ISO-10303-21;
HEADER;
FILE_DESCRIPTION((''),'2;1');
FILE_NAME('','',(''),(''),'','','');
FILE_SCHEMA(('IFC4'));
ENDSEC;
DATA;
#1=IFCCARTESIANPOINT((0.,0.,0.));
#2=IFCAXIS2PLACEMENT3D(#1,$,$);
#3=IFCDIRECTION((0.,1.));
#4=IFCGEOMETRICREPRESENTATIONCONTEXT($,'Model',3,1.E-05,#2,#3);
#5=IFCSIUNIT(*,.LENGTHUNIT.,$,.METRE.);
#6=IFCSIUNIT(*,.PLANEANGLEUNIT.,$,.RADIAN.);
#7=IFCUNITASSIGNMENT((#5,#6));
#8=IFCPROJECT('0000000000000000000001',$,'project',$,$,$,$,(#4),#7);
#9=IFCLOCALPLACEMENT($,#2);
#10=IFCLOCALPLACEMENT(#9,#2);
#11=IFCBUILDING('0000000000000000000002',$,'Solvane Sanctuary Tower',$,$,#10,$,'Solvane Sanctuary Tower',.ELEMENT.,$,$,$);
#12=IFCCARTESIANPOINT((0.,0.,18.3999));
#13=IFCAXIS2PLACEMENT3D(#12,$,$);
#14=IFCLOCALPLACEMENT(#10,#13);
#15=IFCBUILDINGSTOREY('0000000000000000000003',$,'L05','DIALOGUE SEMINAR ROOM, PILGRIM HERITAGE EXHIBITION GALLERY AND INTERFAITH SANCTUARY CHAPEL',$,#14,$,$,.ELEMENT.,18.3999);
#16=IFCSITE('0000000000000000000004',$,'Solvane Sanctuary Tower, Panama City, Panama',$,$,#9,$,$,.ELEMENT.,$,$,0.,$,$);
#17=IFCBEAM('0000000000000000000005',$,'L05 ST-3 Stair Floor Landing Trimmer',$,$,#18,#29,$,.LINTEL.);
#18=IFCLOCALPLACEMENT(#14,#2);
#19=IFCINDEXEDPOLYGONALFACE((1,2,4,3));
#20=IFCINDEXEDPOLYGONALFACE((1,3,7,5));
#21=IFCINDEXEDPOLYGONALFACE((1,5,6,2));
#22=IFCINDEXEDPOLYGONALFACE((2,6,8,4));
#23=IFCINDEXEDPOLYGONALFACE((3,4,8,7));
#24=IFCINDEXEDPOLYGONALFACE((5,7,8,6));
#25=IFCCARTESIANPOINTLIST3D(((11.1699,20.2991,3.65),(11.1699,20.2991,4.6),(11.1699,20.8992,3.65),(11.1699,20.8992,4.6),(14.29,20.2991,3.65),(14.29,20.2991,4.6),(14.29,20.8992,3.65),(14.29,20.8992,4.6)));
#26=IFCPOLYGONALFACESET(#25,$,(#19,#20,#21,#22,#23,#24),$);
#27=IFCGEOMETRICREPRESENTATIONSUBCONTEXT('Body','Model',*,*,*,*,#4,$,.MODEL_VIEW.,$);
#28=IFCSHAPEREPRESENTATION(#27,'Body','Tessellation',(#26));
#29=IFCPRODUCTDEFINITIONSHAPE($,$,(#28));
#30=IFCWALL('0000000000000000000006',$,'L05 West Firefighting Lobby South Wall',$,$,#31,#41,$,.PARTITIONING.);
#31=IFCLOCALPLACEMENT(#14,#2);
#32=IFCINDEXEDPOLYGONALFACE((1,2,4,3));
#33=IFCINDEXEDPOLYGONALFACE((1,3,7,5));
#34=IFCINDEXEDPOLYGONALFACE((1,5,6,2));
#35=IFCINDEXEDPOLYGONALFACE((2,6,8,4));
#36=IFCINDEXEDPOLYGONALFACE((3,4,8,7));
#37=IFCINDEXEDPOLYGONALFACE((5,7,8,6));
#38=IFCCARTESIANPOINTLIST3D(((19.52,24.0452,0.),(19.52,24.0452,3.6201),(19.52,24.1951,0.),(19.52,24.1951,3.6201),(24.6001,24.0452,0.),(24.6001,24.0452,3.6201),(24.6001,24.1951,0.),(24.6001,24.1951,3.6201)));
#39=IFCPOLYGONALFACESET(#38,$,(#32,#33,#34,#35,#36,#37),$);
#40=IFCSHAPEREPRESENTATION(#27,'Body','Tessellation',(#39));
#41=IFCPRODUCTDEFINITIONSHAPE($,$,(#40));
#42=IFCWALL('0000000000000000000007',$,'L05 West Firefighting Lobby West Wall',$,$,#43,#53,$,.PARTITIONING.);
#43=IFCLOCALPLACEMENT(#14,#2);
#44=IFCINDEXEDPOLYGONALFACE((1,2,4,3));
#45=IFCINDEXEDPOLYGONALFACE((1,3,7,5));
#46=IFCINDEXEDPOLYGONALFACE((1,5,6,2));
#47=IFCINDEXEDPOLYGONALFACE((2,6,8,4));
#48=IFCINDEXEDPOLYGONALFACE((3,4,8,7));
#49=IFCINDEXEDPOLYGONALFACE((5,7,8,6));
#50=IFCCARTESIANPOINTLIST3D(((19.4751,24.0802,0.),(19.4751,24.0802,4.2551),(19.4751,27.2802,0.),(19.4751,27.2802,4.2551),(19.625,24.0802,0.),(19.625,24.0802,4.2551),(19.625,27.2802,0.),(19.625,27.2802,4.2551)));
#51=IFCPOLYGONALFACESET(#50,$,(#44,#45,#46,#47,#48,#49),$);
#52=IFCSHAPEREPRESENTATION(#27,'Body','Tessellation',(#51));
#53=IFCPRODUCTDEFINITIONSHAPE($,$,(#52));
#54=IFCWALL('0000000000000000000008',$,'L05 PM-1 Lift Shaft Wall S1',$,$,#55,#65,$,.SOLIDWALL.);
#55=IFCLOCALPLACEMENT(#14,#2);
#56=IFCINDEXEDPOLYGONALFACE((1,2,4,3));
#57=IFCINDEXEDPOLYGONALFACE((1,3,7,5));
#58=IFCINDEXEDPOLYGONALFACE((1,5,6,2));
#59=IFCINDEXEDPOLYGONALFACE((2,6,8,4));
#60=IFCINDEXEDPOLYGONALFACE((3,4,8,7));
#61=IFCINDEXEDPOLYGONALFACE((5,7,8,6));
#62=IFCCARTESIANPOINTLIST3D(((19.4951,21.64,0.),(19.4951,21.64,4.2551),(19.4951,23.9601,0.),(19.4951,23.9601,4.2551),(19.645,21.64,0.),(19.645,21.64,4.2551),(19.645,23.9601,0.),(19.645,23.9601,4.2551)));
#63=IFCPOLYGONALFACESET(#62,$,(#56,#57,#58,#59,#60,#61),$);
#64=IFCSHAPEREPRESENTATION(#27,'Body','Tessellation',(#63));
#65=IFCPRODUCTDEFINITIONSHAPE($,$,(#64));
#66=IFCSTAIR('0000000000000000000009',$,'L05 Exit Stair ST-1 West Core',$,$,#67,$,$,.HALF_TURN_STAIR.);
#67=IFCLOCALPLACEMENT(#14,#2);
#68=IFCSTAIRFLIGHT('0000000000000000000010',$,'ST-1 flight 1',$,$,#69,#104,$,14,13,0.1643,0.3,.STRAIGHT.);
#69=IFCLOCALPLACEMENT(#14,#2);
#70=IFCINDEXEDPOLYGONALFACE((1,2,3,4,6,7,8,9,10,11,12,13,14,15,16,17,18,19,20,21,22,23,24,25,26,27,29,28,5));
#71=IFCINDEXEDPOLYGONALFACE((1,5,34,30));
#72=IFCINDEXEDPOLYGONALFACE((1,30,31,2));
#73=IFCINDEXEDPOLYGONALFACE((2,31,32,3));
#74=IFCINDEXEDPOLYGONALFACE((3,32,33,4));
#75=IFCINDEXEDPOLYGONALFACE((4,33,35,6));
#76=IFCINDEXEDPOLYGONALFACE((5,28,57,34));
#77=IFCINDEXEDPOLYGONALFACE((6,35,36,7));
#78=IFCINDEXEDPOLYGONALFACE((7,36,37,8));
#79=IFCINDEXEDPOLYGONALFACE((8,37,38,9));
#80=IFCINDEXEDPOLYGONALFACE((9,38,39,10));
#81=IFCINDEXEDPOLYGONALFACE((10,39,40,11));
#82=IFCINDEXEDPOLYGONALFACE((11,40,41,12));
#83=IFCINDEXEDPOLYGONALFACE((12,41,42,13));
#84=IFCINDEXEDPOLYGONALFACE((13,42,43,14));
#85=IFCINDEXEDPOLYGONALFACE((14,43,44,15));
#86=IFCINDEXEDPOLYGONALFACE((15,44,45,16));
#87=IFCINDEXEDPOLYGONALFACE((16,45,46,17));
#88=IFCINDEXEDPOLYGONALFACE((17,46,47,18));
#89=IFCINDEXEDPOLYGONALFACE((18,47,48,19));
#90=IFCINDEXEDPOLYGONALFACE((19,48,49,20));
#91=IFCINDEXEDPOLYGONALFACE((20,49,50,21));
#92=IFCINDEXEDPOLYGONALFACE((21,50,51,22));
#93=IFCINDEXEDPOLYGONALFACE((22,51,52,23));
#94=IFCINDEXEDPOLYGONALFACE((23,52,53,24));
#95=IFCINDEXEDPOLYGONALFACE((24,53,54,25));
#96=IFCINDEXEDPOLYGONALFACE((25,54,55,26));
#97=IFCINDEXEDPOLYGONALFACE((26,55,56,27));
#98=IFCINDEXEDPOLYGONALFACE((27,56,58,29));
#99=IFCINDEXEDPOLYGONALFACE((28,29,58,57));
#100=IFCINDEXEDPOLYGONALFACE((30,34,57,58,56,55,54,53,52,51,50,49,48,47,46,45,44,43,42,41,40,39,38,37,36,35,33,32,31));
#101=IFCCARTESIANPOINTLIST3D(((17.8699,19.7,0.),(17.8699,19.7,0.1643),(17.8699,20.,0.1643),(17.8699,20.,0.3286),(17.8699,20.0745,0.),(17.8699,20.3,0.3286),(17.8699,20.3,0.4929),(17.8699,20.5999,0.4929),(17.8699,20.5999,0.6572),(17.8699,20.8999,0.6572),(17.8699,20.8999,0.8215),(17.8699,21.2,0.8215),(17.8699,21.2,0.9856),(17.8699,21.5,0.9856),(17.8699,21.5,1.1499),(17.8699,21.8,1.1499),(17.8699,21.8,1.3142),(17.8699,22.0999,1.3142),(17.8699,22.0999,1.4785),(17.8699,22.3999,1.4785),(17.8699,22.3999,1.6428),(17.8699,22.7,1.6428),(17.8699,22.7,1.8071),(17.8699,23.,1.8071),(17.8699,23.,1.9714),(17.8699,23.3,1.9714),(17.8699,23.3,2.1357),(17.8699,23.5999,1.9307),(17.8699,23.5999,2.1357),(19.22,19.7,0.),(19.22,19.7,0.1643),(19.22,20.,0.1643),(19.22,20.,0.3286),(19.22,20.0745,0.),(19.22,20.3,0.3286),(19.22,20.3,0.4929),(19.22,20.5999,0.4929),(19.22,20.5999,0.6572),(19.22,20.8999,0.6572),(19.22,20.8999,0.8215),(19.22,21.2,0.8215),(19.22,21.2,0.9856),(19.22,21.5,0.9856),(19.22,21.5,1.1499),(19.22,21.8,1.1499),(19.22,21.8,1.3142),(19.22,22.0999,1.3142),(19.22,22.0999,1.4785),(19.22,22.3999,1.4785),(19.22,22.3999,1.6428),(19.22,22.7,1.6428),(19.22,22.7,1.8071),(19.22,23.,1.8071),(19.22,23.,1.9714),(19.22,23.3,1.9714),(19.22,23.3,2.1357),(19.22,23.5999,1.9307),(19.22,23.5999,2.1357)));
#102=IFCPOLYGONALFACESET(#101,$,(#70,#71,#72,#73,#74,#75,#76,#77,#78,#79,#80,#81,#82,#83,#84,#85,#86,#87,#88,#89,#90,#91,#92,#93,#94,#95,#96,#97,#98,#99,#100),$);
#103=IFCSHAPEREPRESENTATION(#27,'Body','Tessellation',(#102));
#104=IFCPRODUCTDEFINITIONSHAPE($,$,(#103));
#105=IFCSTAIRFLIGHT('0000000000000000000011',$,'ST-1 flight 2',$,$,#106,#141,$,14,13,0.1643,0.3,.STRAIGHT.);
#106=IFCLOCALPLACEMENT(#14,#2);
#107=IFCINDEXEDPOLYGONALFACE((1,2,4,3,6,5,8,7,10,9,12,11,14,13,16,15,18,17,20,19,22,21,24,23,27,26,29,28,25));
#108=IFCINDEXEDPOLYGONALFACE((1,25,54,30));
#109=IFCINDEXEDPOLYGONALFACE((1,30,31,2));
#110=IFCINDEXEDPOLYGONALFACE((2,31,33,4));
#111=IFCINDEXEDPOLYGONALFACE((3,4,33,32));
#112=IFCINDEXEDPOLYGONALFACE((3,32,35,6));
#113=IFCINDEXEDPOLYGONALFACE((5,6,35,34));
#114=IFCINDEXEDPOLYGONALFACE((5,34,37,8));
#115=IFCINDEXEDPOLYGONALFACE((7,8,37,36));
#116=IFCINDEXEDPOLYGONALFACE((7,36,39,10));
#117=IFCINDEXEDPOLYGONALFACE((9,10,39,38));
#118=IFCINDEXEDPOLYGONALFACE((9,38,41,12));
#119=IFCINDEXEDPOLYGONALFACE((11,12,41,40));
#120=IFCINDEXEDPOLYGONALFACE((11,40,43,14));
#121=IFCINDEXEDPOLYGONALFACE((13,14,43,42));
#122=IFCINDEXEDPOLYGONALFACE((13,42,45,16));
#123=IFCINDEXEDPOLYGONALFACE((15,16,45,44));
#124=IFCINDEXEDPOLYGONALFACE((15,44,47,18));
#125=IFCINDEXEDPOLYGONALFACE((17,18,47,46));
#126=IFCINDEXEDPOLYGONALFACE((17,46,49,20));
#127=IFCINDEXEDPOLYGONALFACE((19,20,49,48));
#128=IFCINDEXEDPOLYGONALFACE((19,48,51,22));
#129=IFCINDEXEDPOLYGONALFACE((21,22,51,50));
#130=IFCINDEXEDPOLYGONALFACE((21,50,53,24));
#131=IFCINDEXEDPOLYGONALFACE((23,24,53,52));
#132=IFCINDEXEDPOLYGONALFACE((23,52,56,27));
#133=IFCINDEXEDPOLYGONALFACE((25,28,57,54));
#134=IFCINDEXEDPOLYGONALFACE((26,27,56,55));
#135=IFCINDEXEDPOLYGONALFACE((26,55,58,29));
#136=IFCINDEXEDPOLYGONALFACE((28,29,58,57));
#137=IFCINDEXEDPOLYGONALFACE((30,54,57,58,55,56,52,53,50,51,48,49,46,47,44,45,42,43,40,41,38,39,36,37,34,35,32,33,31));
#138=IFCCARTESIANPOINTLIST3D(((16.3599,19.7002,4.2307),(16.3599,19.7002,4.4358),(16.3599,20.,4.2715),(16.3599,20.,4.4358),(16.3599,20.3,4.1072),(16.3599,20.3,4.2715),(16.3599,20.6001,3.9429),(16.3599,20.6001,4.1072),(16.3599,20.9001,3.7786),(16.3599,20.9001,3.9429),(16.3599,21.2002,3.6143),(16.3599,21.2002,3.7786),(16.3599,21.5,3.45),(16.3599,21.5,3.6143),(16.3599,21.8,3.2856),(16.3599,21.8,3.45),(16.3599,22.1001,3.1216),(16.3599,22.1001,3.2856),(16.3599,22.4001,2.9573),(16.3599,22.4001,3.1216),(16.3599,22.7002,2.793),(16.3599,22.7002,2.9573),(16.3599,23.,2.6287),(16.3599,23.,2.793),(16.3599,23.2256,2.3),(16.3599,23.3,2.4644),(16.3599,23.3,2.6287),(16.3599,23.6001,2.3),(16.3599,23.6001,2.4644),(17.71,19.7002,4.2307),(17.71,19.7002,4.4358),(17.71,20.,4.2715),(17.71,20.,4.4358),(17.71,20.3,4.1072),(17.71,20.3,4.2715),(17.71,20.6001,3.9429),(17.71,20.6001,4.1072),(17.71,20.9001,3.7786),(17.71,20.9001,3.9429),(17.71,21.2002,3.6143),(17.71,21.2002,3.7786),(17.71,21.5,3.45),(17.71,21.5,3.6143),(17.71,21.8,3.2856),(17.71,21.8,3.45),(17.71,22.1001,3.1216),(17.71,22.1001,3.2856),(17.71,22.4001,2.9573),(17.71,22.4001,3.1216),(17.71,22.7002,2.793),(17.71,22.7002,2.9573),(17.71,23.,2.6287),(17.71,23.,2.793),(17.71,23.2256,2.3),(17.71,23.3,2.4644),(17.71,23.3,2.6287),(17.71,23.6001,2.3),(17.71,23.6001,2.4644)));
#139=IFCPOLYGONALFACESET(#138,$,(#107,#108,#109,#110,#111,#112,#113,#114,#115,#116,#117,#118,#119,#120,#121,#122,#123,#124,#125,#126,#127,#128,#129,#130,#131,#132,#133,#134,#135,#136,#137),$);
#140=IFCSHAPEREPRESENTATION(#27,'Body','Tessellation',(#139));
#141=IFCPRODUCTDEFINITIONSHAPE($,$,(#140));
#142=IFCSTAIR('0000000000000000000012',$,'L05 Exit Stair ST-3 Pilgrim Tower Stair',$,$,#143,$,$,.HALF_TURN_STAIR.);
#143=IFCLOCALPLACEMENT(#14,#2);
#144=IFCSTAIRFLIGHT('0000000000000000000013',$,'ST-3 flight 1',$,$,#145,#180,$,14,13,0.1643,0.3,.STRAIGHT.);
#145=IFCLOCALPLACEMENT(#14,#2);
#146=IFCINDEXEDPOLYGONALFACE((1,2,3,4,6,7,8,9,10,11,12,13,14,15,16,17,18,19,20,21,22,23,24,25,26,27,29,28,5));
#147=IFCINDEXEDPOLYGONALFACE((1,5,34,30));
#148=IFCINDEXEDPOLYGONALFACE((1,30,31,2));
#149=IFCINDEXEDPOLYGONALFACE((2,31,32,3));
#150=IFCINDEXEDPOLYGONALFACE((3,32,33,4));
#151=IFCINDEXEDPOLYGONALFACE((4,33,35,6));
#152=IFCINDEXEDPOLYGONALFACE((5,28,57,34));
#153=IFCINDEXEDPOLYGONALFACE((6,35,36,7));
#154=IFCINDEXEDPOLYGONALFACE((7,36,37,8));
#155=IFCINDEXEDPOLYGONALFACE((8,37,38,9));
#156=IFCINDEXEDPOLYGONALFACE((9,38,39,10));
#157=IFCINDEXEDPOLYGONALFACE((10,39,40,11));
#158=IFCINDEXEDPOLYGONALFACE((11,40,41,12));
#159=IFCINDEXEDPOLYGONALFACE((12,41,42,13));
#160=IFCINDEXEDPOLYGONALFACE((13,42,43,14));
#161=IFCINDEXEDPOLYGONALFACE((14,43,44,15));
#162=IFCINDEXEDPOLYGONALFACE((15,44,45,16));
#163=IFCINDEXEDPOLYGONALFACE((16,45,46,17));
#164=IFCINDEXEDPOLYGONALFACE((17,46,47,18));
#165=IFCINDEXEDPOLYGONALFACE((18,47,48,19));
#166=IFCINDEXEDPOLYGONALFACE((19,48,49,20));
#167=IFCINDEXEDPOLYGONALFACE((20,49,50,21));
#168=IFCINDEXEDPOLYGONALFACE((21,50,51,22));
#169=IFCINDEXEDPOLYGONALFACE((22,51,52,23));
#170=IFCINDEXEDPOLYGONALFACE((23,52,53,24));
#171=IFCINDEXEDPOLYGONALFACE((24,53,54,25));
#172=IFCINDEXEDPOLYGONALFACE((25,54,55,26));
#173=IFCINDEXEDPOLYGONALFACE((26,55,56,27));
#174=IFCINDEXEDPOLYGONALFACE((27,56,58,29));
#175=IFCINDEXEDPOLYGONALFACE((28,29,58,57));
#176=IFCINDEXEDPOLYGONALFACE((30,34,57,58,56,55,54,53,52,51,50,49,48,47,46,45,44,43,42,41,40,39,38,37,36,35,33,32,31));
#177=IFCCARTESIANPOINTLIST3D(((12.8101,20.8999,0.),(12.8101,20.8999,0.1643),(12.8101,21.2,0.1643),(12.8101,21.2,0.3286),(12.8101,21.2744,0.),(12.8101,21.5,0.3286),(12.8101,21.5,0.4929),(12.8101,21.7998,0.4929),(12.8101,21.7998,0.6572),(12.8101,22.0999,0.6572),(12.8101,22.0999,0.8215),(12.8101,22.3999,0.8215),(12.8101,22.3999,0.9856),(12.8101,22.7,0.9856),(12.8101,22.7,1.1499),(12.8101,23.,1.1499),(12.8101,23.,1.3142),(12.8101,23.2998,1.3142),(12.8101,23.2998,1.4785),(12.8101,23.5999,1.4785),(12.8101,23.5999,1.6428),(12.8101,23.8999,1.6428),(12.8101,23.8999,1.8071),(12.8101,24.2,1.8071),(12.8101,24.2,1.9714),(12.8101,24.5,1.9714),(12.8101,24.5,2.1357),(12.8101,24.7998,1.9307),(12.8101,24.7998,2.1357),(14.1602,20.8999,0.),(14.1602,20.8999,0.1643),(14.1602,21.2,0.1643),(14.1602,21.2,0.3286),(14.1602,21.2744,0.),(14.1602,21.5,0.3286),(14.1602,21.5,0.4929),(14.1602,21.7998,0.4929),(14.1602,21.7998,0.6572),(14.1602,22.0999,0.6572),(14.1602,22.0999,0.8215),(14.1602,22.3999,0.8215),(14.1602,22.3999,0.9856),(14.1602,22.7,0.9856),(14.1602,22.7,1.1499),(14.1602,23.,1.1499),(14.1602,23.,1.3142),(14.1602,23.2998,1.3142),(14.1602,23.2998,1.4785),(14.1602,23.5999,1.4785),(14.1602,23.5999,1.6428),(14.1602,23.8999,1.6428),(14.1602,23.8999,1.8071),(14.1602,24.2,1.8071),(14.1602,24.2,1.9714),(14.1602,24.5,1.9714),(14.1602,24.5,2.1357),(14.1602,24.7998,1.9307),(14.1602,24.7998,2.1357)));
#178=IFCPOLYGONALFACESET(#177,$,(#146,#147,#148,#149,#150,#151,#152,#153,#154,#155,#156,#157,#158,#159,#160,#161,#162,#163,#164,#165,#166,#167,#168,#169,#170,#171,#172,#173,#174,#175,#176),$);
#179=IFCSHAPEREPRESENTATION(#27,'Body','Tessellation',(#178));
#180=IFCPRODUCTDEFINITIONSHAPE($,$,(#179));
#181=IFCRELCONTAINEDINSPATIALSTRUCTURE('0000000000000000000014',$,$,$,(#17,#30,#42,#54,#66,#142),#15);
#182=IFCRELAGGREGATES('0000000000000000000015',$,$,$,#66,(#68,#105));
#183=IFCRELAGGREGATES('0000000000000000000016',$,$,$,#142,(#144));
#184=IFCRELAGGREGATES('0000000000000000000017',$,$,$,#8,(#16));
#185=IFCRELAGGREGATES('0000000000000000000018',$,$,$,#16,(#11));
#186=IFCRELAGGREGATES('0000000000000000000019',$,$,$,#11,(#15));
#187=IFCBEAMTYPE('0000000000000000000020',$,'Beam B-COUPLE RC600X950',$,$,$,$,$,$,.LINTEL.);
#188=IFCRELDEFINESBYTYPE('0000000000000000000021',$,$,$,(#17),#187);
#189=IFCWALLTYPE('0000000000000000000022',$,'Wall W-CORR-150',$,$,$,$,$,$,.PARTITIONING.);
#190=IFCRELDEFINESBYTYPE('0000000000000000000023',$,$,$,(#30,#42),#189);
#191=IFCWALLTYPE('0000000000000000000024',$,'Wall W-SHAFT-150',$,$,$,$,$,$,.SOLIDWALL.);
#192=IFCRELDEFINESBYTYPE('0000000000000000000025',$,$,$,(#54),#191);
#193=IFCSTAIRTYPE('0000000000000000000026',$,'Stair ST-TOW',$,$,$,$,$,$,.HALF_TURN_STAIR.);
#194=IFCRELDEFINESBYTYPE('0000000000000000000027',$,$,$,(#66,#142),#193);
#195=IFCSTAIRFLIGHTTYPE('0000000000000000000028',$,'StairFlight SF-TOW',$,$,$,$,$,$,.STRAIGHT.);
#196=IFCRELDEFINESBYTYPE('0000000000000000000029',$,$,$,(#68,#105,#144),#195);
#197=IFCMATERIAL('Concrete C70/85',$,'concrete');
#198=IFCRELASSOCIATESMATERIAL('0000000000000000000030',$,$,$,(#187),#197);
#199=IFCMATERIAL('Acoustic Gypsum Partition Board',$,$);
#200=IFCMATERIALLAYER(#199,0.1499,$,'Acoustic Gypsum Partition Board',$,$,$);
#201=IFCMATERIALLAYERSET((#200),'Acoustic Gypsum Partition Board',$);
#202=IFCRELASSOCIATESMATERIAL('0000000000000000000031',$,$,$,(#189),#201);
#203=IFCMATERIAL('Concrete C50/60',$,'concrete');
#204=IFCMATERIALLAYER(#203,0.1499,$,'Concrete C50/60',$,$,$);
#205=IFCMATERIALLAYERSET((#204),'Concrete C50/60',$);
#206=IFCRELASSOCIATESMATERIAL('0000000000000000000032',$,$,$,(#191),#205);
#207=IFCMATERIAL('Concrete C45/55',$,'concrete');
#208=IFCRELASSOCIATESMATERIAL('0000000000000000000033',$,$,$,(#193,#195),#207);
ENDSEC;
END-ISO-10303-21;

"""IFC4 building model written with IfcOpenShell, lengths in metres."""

from ifc_helpers import new_model, si_unit, direction, frame, frame_2d, origin, origin_2d, place, context, subcontext, project, spatial, polyline, rectangle, outline, extrude, material, layer, layer_set, material_profile, profile_set, type_object, element, aggregate, save


model = new_model("IFC4")

# Units and contexts
model_context = context("Model", 3, precision=1e-05, world=origin(), true_north=direction((0.0, 1.0)))
body_context = subcontext(model_context, "Body", "Model", "MODEL_VIEW")
ifc_project = project(units=[si_unit("LENGTHUNIT", "METRE"), si_unit("PLANEANGLEUNIT", "RADIAN")], contexts=[model_context])

# Site, building, storey
site_placement = place(None, origin())
site = spatial("IfcSite", under=ifc_project, at=site_placement, Name="Solvane Sanctuary Tower, Panama City, Panama", CompositionType="ELEMENT", RefElevation=0.0)
building_placement = place(site_placement, origin())
building = spatial("IfcBuilding", under=site, at=building_placement, Name="Solvane Sanctuary Tower", LongName="Solvane Sanctuary Tower", CompositionType="ELEMENT")
storey_placement = place(building_placement, frame((0.0, 0.0, 18.3999)))
storey = spatial("IfcBuildingStorey", under=building, at=storey_placement, Name="L05", Description="DIALOGUE SEMINAR ROOM, PILGRIM HERITAGE EXHIBITION GALLERY AND INTERFAITH SANCTUARY CHAPEL", CompositionType="ELEMENT", Elevation=18.3999)

# Beam
ifc_material_1 = material(Name="Concrete C70/85", Category="concrete")
ifc_material_profile = material_profile(ifc_material_1, rectangle(XDim=0.6001, YDim=0.95, at=origin_2d()), Name="RC600X950")
ifc_profile_set = profile_set([ifc_material_profile], Name="Concrete C70/85")
beam_type = type_object("IfcBeamType", Name="Beam B-COUPLE RC600X950", PredefinedType="LINTEL", material=ifc_profile_set)
beam_placement = place(storey_placement, frame((11.1699, 20.5991, 4.125), z_axis=(1.0, 0.0, 0.0), x_axis=(0.0, 1.0, 0.0)))
element("IfcBeam", 1, at=beam_placement, inside=storey, type_object=beam_type, Name="L05 ST-3 Stair Floor Landing Trimmer", PredefinedType="LINTEL", context=body_context, shape_type="SweptSolid", body=[
    extrude(rectangle(XDim=0.6001, YDim=0.95, at=origin_2d()), origin(), (0.0, 0.0, 1.0), 3.1201),
])

# Walls
ifc_material_2 = material(Name="Acoustic Gypsum Partition Board")
ifc_layer_1 = layer(ifc_material_2, 0.1499, Name="Acoustic Gypsum Partition Board")
ifc_layer_set_1 = layer_set([ifc_layer_1], Name="Acoustic Gypsum Partition Board")
wall_type_1 = type_object("IfcWallType", Name="Wall W-CORR-150", PredefinedType="PARTITIONING", material=ifc_layer_set_1)
wall_1_placement = place(storey_placement, frame((19.52, 24.1201, 0.0), z_axis=(0.0, 0.0, 1.0), x_axis=(1.0, 0.0, 0.0)))
element("IfcWall", 2, at=wall_1_placement, inside=storey, type_object=wall_type_1, Name="L05 West Firefighting Lobby South Wall", PredefinedType="PARTITIONING", context=body_context, shape_type="SweptSolid", body=[
    extrude(rectangle(XDim=5.0801, YDim=0.1499, at=frame_2d((2.54, 0.0))), origin(), (0.0, 0.0, 1.0), 3.6201),
])
wall_2_placement = place(storey_placement, frame((19.55, 24.0801, 0.0), z_axis=(0.0, 0.0, 1.0), x_axis=(0.0, 1.0, 0.0)))
element("IfcWall", 3, at=wall_2_placement, inside=storey, type_object=wall_type_1, Name="L05 West Firefighting Lobby West Wall", PredefinedType="PARTITIONING", context=body_context, shape_type="SweptSolid", body=[
    extrude(rectangle(XDim=3.2, YDim=0.1499, at=frame_2d((1.6001, 0.0))), origin(), (0.0, 0.0, 1.0), 4.2551),
])
ifc_material_3 = material(Name="Concrete C50/60", Category="concrete")
ifc_layer_2 = layer(ifc_material_3, 0.1499, Name="Concrete C50/60")
ifc_layer_set_2 = layer_set([ifc_layer_2], Name="Concrete C50/60")
wall_type_2 = type_object("IfcWallType", Name="Wall W-SHAFT-150", PredefinedType="SOLIDWALL", material=ifc_layer_set_2)
wall_3_placement = place(storey_placement, frame((19.5701, 21.6399, 0.0), z_axis=(0.0, 0.0, 1.0), x_axis=(0.0, 1.0, 0.0)))
element("IfcWall", 4, at=wall_3_placement, inside=storey, type_object=wall_type_2, Name="L05 PM-1 Lift Shaft Wall S1", PredefinedType="SOLIDWALL", context=body_context, shape_type="SweptSolid", body=[
    extrude(rectangle(XDim=2.3201, YDim=0.1499, at=frame_2d((1.1602, 0.0))), origin(), (0.0, 0.0, 1.0), 4.2551),
])

# Stairs, stair flights
ifc_material_4 = material(Name="Concrete C45/55", Category="concrete")
stair_type = type_object("IfcStairType", Name="Stair ST-TOW", PredefinedType="HALF_TURN_STAIR", material=ifc_material_4)
stair_1_placement = place(storey_placement, origin())
stair_1 = element("IfcStair", 5, at=stair_1_placement, inside=storey, type_object=stair_type, Name="L05 Exit Stair ST-1 West Core", PredefinedType="HALF_TURN_STAIR")
stair_flight_type = type_object("IfcStairFlightType", Name="StairFlight SF-TOW", PredefinedType="STRAIGHT", material=ifc_material_4)
stair_flight_1_placement = place(storey_placement, frame((18.5449, 19.7, 0.0), z_axis=(0.0, 0.0, 1.0), x_axis=(0.0, 1.0, 0.0)))
stair_flight_1 = element("IfcStairFlight", 6, at=stair_flight_1_placement, type_object=stair_flight_type, Name="ST-1 flight 1", NumberOfRisers=14, NumberOfTreads=13, PredefinedType="STRAIGHT", RiserHeight=0.1643, TreadLength=0.3, context=body_context, shape_type="SweptSolid", body=[
    extrude(outline(polyline([(0.0, 0.0), (0.0, 0.1643), (0.3, 0.1643), (0.3, 0.3286), (0.6001, 0.3286), (0.6001, 0.4929), (0.8999, 0.4929), (0.8999, 0.6572), (1.2, 0.6572), (1.2, 0.8215), (1.5, 0.8215), (1.5, 0.9856), (1.8, 0.9856), (1.8, 1.1499), (2.1001, 1.1499), (2.1001, 1.3142), (2.3999, 1.3142), (2.3999, 1.4785), (2.7, 1.4785), (2.7, 1.6428), (3.0, 1.6428), (3.0, 1.8071), (3.3, 1.8071), (3.3, 1.9714), (3.6001, 1.9714), (3.6001, 2.1357), (3.8999, 2.1357), (3.8999, 2.3), (3.8999, 1.9307), (0.3745, 0.0), (0.0, 0.0)])), frame((0.0, 0.675, 0.0), z_axis=(0.0, -1.0, 0.0), x_axis=(1.0, 0.0, 0.0)), (0.0, 0.0, 1.0), 1.3501),
])
stair_flight_2_placement = place(storey_placement, frame((17.0349, 23.6001, 2.3), z_axis=(0.0, 0.0, 1.0), x_axis=(0.0, -1.0, 0.0)))
stair_flight_2 = element("IfcStairFlight", 7, at=stair_flight_2_placement, type_object=stair_flight_type, Name="ST-1 flight 2", NumberOfRisers=14, NumberOfTreads=13, PredefinedType="STRAIGHT", RiserHeight=0.1643, TreadLength=0.3, context=body_context, shape_type="SweptSolid", body=[
    extrude(outline(polyline([(0.0, 0.0), (0.0, 0.1643), (0.3, 0.1643), (0.3, 0.3286), (0.6001, 0.3286), (0.6001, 0.4929), (0.8999, 0.4929), (0.8999, 0.6572), (1.2, 0.6572), (1.2, 0.8215), (1.5, 0.8215), (1.5, 0.9856), (1.8, 0.9856), (1.8, 1.1499), (2.1001, 1.1499), (2.1001, 1.3142), (2.3999, 1.3142), (2.3999, 1.4785), (2.7, 1.4785), (2.7, 1.6428), (3.0, 1.6428), (3.0, 1.8071), (3.3, 1.8071), (3.3, 1.9714), (3.6001, 1.9714), (3.6001, 2.1357), (3.8999, 2.1357), (3.8999, 2.3), (3.8999, 1.9307), (0.3745, 0.0), (0.0, 0.0)])), frame((0.0, 0.675, 0.0), z_axis=(0.0, -1.0, 0.0), x_axis=(1.0, 0.0, 0.0)), (0.0, 0.0, 1.0), 1.3501),
])
aggregate(stair_1, [stair_flight_1, stair_flight_2])
stair_2_placement = place(storey_placement, origin())
stair_2 = element("IfcStair", 8, at=stair_2_placement, inside=storey, type_object=stair_type, Name="L05 Exit Stair ST-3 Pilgrim Tower Stair", PredefinedType="HALF_TURN_STAIR")
stair_flight_3_placement = place(storey_placement, frame((13.4851, 20.8999, 0.0), z_axis=(0.0, 0.0, 1.0), x_axis=(0.0, 1.0, 0.0)))
stair_flight_3 = element("IfcStairFlight", 9, at=stair_flight_3_placement, type_object=stair_flight_type, Name="ST-3 flight 1", NumberOfRisers=14, NumberOfTreads=13, PredefinedType="STRAIGHT", RiserHeight=0.1643, TreadLength=0.3, context=body_context, shape_type="SweptSolid", body=[
    extrude(outline(polyline([(0.0, 0.0), (0.0, 0.1643), (0.3, 0.1643), (0.3, 0.3286), (0.6001, 0.3286), (0.6001, 0.4929), (0.8999, 0.4929), (0.8999, 0.6572), (1.2, 0.6572), (1.2, 0.8215), (1.5, 0.8215), (1.5, 0.9856), (1.8, 0.9856), (1.8, 1.1499), (2.1001, 1.1499), (2.1001, 1.3142), (2.3999, 1.3142), (2.3999, 1.4785), (2.7, 1.4785), (2.7, 1.6428), (3.0, 1.6428), (3.0, 1.8071), (3.3, 1.8071), (3.3, 1.9714), (3.6001, 1.9714), (3.6001, 2.1357), (3.8999, 2.1357), (3.8999, 2.3), (3.8999, 1.9307), (0.3745, 0.0), (0.0, 0.0)])), frame((0.0, 0.675, 0.0), z_axis=(0.0, -1.0, 0.0), x_axis=(1.0, 0.0, 0.0)), (0.0, 0.0, 1.0), 1.3501),
])
aggregate(stair_2, [stair_flight_3])

save(model, "model.ifc")
